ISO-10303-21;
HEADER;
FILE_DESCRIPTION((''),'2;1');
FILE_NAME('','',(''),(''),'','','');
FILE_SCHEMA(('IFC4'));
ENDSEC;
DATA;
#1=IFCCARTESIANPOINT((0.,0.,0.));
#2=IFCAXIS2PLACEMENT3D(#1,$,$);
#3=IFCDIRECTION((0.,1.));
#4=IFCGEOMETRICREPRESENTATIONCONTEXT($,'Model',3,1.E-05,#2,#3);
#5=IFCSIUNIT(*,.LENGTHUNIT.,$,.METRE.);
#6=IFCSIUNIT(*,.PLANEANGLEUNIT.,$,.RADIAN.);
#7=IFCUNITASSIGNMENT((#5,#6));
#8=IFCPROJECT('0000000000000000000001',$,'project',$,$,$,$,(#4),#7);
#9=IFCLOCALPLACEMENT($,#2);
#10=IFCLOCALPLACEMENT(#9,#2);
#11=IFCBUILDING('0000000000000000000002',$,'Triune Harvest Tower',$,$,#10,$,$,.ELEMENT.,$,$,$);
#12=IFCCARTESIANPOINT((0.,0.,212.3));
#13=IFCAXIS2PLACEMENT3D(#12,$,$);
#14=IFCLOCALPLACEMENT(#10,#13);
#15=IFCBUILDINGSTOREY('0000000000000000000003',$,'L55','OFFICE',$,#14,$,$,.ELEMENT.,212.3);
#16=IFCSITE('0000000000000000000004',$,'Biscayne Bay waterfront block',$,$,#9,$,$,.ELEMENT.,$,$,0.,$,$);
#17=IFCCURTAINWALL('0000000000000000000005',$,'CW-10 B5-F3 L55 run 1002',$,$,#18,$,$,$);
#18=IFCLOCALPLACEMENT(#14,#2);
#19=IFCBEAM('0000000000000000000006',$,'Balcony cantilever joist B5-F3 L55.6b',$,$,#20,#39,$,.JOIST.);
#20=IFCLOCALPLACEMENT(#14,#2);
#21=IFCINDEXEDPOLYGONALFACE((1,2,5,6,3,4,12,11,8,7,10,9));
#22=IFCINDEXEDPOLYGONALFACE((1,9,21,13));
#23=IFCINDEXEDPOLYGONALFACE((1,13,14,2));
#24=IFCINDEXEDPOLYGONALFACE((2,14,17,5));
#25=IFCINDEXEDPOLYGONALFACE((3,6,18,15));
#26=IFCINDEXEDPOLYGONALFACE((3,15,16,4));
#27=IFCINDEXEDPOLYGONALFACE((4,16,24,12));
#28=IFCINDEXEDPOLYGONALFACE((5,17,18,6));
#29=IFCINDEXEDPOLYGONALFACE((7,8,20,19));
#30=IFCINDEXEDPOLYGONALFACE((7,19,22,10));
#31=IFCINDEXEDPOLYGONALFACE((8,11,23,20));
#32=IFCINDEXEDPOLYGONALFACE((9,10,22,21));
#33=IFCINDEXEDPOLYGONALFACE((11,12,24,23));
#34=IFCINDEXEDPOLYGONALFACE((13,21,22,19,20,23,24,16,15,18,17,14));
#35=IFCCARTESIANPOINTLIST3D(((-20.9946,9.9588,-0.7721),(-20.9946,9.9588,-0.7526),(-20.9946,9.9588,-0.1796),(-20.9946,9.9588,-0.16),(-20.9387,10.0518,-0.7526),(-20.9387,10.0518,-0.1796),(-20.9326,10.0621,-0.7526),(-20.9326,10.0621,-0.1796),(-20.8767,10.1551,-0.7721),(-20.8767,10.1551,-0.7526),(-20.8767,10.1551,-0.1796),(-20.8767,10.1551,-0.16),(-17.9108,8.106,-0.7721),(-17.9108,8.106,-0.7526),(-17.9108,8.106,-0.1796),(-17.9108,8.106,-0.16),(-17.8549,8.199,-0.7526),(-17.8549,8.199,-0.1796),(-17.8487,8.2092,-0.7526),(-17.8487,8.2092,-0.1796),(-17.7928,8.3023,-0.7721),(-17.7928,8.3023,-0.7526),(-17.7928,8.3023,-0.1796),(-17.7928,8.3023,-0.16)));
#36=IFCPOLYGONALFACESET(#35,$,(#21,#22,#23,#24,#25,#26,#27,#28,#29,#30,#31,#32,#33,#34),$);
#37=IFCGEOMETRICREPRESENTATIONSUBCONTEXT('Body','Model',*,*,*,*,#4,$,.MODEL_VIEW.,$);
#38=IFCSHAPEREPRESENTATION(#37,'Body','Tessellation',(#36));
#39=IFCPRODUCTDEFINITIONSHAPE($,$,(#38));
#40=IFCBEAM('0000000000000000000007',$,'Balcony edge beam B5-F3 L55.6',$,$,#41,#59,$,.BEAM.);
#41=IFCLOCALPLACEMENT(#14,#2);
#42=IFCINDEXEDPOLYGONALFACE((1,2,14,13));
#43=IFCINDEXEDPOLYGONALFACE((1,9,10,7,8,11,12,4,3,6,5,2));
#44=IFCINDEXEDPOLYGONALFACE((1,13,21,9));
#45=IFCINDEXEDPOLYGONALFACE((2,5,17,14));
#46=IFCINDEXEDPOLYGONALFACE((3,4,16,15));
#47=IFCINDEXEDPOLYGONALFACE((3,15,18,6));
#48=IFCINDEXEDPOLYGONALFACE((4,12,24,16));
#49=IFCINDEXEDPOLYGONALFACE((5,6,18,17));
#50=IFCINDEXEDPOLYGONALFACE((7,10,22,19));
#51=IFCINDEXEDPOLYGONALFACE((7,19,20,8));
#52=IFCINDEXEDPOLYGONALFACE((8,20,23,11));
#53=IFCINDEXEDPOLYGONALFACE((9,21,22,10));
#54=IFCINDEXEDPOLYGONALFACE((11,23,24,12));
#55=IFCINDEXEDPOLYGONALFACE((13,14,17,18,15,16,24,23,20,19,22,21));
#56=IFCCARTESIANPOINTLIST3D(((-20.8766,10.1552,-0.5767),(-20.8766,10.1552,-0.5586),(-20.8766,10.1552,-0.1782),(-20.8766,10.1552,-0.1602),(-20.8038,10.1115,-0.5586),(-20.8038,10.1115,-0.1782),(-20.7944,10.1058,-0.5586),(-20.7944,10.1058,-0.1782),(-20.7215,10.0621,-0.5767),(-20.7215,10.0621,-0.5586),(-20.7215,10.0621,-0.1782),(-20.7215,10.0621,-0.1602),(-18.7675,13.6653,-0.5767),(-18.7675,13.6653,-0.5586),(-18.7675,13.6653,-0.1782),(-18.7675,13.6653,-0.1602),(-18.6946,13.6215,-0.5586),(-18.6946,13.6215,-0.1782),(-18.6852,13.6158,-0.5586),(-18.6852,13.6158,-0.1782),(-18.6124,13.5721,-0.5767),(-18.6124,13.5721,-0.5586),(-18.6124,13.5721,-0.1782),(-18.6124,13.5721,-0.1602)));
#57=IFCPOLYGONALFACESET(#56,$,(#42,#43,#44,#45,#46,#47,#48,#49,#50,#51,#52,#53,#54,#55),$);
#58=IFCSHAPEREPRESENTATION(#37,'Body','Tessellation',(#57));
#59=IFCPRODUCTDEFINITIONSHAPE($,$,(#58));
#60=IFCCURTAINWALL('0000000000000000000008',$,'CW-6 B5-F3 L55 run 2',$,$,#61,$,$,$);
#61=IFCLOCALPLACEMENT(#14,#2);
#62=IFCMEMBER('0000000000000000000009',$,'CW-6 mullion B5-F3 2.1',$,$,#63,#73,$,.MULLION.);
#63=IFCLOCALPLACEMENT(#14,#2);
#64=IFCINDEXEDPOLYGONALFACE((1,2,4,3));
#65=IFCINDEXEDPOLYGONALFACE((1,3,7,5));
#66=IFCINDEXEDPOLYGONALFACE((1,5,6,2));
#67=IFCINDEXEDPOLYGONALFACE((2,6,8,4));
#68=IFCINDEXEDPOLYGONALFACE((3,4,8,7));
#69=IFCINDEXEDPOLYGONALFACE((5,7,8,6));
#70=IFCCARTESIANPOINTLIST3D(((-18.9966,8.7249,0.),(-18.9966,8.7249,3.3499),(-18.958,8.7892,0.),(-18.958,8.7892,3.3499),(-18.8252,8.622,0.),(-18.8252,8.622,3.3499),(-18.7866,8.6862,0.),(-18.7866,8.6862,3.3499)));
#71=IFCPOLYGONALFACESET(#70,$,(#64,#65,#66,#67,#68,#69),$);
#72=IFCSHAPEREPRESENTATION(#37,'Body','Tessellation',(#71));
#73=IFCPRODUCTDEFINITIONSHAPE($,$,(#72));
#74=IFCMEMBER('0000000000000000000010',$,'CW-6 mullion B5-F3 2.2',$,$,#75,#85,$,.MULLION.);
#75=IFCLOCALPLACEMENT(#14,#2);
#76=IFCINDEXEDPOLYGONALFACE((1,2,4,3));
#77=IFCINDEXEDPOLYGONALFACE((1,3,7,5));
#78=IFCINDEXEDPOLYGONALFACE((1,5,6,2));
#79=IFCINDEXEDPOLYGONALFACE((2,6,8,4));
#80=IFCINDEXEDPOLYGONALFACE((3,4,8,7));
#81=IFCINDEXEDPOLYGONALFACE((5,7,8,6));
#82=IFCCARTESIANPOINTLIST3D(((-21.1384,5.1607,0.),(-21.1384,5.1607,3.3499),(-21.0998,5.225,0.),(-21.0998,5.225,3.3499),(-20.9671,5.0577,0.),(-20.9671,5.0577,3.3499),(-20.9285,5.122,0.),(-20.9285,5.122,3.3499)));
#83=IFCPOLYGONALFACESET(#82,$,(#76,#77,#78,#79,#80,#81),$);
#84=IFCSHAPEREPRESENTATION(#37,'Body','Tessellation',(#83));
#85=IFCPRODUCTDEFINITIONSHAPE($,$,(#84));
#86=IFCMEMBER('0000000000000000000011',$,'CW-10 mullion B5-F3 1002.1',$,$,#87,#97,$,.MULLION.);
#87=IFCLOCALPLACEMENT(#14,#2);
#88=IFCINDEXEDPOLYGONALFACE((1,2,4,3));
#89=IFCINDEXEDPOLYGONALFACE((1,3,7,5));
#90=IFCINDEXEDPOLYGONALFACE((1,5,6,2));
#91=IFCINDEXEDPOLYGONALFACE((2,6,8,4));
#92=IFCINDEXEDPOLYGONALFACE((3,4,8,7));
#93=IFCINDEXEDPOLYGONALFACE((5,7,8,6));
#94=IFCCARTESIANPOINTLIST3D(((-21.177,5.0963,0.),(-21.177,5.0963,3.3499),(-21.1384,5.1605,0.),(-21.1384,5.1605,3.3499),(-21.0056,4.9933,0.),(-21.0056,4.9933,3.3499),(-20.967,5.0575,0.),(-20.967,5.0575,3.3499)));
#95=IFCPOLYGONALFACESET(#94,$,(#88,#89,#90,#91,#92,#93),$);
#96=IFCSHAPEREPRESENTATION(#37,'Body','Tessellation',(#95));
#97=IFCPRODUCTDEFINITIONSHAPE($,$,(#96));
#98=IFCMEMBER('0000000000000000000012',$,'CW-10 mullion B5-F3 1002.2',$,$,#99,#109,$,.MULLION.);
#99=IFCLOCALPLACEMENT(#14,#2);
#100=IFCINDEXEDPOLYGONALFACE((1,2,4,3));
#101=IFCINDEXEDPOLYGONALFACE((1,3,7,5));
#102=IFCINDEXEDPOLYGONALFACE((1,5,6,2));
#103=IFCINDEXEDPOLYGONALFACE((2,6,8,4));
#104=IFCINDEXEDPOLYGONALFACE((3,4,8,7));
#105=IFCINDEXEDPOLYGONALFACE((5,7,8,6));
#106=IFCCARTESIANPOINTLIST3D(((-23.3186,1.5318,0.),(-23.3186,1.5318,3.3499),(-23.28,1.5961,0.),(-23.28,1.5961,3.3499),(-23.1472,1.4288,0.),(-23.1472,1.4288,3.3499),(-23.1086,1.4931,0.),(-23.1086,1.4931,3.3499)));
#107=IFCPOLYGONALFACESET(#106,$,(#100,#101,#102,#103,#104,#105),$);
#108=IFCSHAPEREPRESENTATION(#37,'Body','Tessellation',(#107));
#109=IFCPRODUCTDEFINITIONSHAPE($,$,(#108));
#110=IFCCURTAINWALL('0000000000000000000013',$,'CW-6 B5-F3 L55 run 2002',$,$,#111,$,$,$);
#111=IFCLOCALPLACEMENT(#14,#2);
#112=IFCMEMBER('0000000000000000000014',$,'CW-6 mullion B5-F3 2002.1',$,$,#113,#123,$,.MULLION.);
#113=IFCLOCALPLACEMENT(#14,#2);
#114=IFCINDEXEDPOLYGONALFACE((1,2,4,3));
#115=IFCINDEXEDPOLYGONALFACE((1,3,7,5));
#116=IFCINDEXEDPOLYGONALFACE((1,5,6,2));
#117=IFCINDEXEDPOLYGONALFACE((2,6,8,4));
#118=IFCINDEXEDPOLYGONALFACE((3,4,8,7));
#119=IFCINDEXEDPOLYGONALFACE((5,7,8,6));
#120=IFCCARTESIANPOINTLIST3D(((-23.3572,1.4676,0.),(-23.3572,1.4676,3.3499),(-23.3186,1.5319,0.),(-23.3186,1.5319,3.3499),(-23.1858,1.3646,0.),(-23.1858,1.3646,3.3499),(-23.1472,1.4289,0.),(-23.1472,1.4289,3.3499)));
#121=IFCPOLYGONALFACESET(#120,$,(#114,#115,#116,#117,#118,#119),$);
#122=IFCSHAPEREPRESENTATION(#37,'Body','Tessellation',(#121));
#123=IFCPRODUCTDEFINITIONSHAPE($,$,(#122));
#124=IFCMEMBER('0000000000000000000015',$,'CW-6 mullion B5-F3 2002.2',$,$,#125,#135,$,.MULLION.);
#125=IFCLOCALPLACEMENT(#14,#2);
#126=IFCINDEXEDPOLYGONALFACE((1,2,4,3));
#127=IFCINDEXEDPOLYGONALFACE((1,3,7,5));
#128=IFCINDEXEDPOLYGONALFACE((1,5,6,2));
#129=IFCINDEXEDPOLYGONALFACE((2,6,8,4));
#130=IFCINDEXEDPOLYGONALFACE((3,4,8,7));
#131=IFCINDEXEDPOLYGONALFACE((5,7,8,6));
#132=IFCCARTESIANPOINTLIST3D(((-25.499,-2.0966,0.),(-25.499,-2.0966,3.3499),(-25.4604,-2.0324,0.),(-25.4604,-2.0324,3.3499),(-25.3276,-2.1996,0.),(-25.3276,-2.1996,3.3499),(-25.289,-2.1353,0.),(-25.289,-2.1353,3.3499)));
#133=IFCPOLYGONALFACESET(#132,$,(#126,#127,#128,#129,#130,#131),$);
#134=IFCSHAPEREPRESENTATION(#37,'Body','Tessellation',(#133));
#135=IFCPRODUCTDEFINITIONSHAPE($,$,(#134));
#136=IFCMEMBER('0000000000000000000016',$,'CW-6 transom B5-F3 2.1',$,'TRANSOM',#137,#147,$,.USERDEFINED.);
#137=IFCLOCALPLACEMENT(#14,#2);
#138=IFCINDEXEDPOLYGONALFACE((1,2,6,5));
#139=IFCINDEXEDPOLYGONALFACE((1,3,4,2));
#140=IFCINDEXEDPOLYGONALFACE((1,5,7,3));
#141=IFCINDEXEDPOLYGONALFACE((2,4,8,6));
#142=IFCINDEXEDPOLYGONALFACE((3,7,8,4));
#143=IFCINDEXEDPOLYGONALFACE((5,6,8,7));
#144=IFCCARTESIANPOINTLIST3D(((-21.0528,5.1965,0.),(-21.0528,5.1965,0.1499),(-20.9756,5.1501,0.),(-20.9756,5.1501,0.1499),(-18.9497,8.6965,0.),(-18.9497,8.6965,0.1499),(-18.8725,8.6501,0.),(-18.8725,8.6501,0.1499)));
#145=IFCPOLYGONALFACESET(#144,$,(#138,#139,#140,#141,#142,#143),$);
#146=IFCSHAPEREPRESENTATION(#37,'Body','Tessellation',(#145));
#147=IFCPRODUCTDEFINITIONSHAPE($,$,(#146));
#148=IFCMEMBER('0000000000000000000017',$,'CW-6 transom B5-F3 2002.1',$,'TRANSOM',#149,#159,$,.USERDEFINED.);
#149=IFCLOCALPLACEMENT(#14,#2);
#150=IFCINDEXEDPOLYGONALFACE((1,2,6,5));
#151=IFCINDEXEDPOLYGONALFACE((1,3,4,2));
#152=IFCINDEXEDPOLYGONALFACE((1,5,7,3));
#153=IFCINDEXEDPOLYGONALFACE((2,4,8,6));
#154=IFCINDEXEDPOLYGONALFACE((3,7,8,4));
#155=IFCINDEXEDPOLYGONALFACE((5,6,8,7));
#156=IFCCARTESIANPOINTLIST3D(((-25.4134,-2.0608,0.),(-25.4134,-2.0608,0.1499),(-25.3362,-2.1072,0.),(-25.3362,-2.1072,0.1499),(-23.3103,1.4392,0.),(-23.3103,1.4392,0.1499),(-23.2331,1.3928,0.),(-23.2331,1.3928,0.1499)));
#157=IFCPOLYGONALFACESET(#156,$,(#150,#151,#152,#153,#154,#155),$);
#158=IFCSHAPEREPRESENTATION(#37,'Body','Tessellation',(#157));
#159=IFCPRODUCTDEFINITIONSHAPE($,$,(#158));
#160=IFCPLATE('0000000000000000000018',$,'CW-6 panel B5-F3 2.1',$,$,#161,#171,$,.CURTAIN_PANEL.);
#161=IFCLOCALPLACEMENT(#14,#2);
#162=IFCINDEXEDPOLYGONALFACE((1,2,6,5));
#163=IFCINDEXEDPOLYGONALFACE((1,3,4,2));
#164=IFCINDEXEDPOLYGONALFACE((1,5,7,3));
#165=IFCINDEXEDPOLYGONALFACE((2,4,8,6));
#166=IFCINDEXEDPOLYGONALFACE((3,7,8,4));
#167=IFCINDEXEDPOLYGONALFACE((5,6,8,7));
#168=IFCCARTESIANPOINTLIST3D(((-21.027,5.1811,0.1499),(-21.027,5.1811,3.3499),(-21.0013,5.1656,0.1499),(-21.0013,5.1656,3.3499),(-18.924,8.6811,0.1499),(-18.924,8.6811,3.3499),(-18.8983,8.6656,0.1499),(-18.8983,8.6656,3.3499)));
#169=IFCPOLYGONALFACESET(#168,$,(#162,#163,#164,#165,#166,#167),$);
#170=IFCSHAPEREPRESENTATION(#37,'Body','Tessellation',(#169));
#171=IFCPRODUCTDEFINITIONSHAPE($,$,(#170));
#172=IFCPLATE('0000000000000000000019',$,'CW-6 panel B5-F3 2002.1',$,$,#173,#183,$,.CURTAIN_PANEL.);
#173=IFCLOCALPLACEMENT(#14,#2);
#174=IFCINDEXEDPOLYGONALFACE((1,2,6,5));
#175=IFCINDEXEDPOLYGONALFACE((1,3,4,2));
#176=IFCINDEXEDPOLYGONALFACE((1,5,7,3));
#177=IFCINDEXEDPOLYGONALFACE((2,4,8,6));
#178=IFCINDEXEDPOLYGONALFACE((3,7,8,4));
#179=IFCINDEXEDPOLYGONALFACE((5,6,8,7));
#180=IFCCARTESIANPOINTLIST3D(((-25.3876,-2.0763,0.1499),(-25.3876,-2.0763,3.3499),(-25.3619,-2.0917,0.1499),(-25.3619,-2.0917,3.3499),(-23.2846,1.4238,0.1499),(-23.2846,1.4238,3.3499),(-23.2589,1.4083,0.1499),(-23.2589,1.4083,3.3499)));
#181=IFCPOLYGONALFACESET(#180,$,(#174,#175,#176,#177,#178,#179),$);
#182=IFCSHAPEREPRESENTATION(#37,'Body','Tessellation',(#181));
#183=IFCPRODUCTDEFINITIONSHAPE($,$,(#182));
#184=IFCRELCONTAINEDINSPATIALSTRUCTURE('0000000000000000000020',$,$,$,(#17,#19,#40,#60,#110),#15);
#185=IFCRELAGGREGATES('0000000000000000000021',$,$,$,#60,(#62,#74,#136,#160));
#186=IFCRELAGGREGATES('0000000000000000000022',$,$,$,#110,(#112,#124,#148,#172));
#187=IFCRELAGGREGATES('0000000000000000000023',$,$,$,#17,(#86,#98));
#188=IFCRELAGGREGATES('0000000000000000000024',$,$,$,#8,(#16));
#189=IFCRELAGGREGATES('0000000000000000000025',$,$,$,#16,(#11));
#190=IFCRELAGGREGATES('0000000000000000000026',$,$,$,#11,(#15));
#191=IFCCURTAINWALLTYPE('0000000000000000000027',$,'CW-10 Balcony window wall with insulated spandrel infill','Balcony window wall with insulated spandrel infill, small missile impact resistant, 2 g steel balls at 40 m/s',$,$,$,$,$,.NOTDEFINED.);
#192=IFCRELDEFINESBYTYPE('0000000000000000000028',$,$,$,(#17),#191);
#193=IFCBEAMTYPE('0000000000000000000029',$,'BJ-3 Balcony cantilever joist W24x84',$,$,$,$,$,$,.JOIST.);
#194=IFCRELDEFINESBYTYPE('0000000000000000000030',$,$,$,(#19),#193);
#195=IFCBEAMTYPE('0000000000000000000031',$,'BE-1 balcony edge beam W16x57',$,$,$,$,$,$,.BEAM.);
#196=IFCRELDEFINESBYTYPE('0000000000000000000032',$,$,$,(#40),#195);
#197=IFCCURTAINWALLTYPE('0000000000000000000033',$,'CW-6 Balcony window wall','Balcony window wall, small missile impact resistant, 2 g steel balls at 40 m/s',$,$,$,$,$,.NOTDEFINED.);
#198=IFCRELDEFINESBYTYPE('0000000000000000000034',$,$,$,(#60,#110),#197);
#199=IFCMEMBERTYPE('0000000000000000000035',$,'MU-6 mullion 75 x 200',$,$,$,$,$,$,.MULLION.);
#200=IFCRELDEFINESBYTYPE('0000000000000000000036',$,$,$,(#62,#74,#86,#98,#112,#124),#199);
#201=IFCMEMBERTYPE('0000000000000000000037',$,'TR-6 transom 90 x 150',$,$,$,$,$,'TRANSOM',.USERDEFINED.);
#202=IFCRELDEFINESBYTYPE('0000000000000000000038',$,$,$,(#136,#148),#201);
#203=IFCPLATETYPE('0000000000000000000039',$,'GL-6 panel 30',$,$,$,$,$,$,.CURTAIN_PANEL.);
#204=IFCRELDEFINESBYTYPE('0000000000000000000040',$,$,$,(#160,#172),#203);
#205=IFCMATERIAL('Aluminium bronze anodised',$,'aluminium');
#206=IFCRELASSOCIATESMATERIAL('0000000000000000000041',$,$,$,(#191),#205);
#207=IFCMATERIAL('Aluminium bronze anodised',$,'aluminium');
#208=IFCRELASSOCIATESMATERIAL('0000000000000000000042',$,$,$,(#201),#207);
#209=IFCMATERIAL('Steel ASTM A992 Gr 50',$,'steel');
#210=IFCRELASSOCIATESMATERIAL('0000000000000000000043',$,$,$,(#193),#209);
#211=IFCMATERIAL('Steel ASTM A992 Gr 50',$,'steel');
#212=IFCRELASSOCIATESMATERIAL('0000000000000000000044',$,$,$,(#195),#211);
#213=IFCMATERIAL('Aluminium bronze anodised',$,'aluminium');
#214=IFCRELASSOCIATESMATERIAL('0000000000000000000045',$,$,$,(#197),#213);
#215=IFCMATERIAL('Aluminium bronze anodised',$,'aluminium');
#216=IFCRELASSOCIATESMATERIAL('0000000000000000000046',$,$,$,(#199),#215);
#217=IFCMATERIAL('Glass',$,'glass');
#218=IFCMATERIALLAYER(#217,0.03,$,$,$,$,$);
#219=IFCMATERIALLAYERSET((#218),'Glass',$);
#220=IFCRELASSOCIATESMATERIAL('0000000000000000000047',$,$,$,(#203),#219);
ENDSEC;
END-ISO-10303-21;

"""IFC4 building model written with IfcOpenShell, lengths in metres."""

from ifc_helpers import new_model, si_unit, direction, frame, origin, origin_2d, place, context, subcontext, project, spatial, rectangle, i_section, extrude, source, transform, mapped, material, layer, layer_set, material_profile, profile_set, type_object, element, aggregate, save


model = new_model("IFC4")

# Units and contexts
model_context = context("Model", 3, precision=1e-05, world=origin(), true_north=direction((0.0, 1.0)))
body_context = subcontext(model_context, "Body", "Model", "MODEL_VIEW")
ifc_project = project(units=[si_unit("LENGTHUNIT", "METRE"), si_unit("PLANEANGLEUNIT", "RADIAN")], contexts=[model_context])

# Site, building, storey
site_placement = place(None, origin())
site = spatial("IfcSite", under=ifc_project, at=site_placement, Name="Biscayne Bay waterfront block", CompositionType="ELEMENT", RefElevation=0.0)
building_placement = place(site_placement, origin())
building = spatial("IfcBuilding", under=site, at=building_placement, Name="Triune Harvest Tower", CompositionType="ELEMENT")
storey_placement = place(building_placement, frame((0.0, 0.0, 212.3)))
storey = spatial("IfcBuildingStorey", under=building, at=storey_placement, Name="L55", Description="OFFICE", CompositionType="ELEMENT", Elevation=212.3)

# Curtain wall
ifc_material_1 = material(Name="Aluminium bronze anodised", Category="aluminium")
curtain_wall_type_1 = type_object("IfcCurtainWallType", Name="CW-10 Balcony window wall with insulated spandrel infill", Description="Balcony window wall with insulated spandrel infill, small missile impact resistant, 2 g steel balls at 40 m/s", PredefinedType="NOTDEFINED", material=ifc_material_1)
curtain_wall_1_placement = place(storey_placement, origin())
curtain_wall_1 = element("IfcCurtainWall", 1, at=curtain_wall_1_placement, inside=storey, type_object=curtain_wall_type_1, Name="CW-10 B5-F3 L55 run 1002")
ifc_material_2 = material(Name="Aluminium bronze anodised", Category="aluminium")
ifc_material_profile_1 = material_profile(ifc_material_2, rectangle(XDim=0.0901, YDim=0.1499, at=origin_2d()), Name="TR-6 transom 90 x 150")
ifc_profile_set_1 = profile_set([ifc_material_profile_1], Name="Aluminium bronze anodised")
member_type_1 = type_object("IfcMemberType", Name="TR-6 transom 90 x 150", ElementType="TRANSOM", PredefinedType="USERDEFINED", material=ifc_profile_set_1)

# Beams
ifc_material_3 = material(Name="Steel ASTM A992 Gr 50", Category="steel")
ifc_material_profile_2 = material_profile(ifc_material_3, i_section(OverallWidth=0.229, OverallDepth=0.6121, WebThickness=0.012, FlangeThickness=0.0195, at=origin_2d()), Name="W24x84")
ifc_profile_set_2 = profile_set([ifc_material_profile_2], Name="Steel ASTM A992 Gr 50")
beam_type_1 = type_object("IfcBeamType", Name="BJ-3 Balcony cantilever joist W24x84", PredefinedType="JOIST", material=ifc_profile_set_2)
shared_shape_1 = source(origin(), body_context, "Body", "SweptSolid", [
    extrude(i_section(OverallWidth=0.229, OverallDepth=0.6121, WebThickness=0.012, FlangeThickness=0.0195, at=origin_2d()), origin(), (0.0, 0.0, 1.0), 3.5977),
])
beam_1_placement = place(storey_placement, frame((-17.8518, 8.2041, -0.4661), z_axis=(-0.857181, 0.515015, 0.0), x_axis=(-0.515015, -0.857181, 0.0)))
element("IfcBeam", 2, at=beam_1_placement, inside=storey, type_object=beam_type_1, Name="Balcony cantilever joist B5-F3 L55.6b", PredefinedType="JOIST", context=body_context, shape_type="MappedRepresentation", body=[
    mapped(shared_shape_1, transform((0.0, 0.0, 0.0), scale=1.0)),
])
ifc_material_4 = material(Name="Steel ASTM A992 Gr 50", Category="steel")
ifc_material_profile_3 = material_profile(ifc_material_4, i_section(OverallWidth=0.1809, OverallDepth=0.4165, WebThickness=0.011, FlangeThickness=0.0181, at=origin_2d()), Name="W16x57")
ifc_profile_set_3 = profile_set([ifc_material_profile_3], Name="Steel ASTM A992 Gr 50")
beam_type_2 = type_object("IfcBeamType", Name="BE-1 balcony edge beam W16x57", PredefinedType="BEAM", material=ifc_profile_set_3)
shared_shape_2 = source(origin(), body_context, "Body", "SweptSolid", [
    extrude(i_section(OverallWidth=0.1809, OverallDepth=0.4165, WebThickness=0.011, FlangeThickness=0.0181, at=origin_2d()), origin(), (0.0, 0.0, 1.0), 4.095),
])
beam_2_placement = place(storey_placement, frame((-20.7991, 10.1086, -0.3684), z_axis=(0.515057, 0.857156, 0.0), x_axis=(-0.857156, 0.515057, 0.0)))
element("IfcBeam", 3, at=beam_2_placement, inside=storey, type_object=beam_type_2, Name="Balcony edge beam B5-F3 L55.6", PredefinedType="BEAM", context=body_context, shape_type="MappedRepresentation", body=[
    mapped(shared_shape_2, transform((0.0, 0.0, 0.0), scale=1.0)),
])

# Curtain wall, members
ifc_material_5 = material(Name="Aluminium bronze anodised", Category="aluminium")
curtain_wall_type_2 = type_object("IfcCurtainWallType", Name="CW-6 Balcony window wall", Description="Balcony window wall, small missile impact resistant, 2 g steel balls at 40 m/s", PredefinedType="NOTDEFINED", material=ifc_material_5)
curtain_wall_2_placement = place(storey_placement, origin())
curtain_wall_2 = element("IfcCurtainWall", 4, at=curtain_wall_2_placement, inside=storey, type_object=curtain_wall_type_2, Name="CW-6 B5-F3 L55 run 2")
ifc_material_6 = material(Name="Aluminium bronze anodised", Category="aluminium")
ifc_material_profile_4 = material_profile(ifc_material_6, rectangle(XDim=0.2, YDim=0.075, at=origin_2d()), Name="MU-6 mullion 75 x 200")
ifc_profile_set_4 = profile_set([ifc_material_profile_4], Name="Aluminium bronze anodised")
member_type_2 = type_object("IfcMemberType", Name="MU-6 mullion 75 x 200", PredefinedType="MULLION", material=ifc_profile_set_4)
shared_shape_3 = source(origin(), body_context, "Body", "SweptSolid", [
    extrude(rectangle(XDim=0.2, YDim=0.075, at=origin_2d()), origin(), (0.0, 0.0, 1.0), 3.3499),
])
member_1_placement = place(storey_placement, frame((-18.8916, 8.7056, 0.0), z_axis=(0.0, 0.0, 1.0), x_axis=(0.857166, -0.515041, 0.0)))
member_1 = element("IfcMember", 5, at=member_1_placement, type_object=member_type_2, Name="CW-6 mullion B5-F3 2.1", PredefinedType="MULLION", context=body_context, shape_type="MappedRepresentation", body=[
    mapped(shared_shape_3, transform((0.0, 0.0, 0.0), scale=1.0)),
])
member_2_placement = place(storey_placement, frame((-21.0334, 5.1414, 0.0), z_axis=(0.0, 0.0, 1.0), x_axis=(0.857166, -0.515041, 0.0)))
member_2 = element("IfcMember", 6, at=member_2_placement, type_object=member_type_2, Name="CW-6 mullion B5-F3 2.2", PredefinedType="MULLION", context=body_context, shape_type="MappedRepresentation", body=[
    mapped(shared_shape_3, transform((0.0, 0.0, 0.0), scale=1.0)),
])

# Members
member_3_placement = place(storey_placement, frame((-21.072, 5.0769, 0.0), z_axis=(0.0, 0.0, 1.0), x_axis=(0.857172, -0.515031, 0.0)))
member_3 = element("IfcMember", 7, at=member_3_placement, type_object=member_type_2, Name="CW-10 mullion B5-F3 1002.1", PredefinedType="MULLION", context=body_context, shape_type="MappedRepresentation", body=[
    mapped(shared_shape_3, transform((0.0, 0.0, 0.0), scale=1.0)),
])
member_4_placement = place(storey_placement, frame((-23.2136, 1.5125, 0.0), z_axis=(0.0, 0.0, 1.0), x_axis=(0.857172, -0.515031, 0.0)))
member_4 = element("IfcMember", 8, at=member_4_placement, type_object=member_type_2, Name="CW-10 mullion B5-F3 1002.2", PredefinedType="MULLION", context=body_context, shape_type="MappedRepresentation", body=[
    mapped(shared_shape_3, transform((0.0, 0.0, 0.0), scale=1.0)),
])

# Curtain wall, members
curtain_wall_3_placement = place(storey_placement, origin())
curtain_wall_3 = element("IfcCurtainWall", 9, at=curtain_wall_3_placement, inside=storey, type_object=curtain_wall_type_2, Name="CW-6 B5-F3 L55 run 2002")
member_5_placement = place(storey_placement, frame((-23.2522, 1.4482, 0.0), z_axis=(0.0, 0.0, 1.0), x_axis=(0.857166, -0.515041, 0.0)))
member_5 = element("IfcMember", 10, at=member_5_placement, type_object=member_type_2, Name="CW-6 mullion B5-F3 2002.1", PredefinedType="MULLION", context=body_context, shape_type="MappedRepresentation", body=[
    mapped(shared_shape_3, transform((0.0, 0.0, 0.0), scale=1.0)),
])
member_6_placement = place(storey_placement, frame((-25.394, -2.116, 0.0), z_axis=(0.0, 0.0, 1.0), x_axis=(0.857166, -0.515041, 0.0)))
member_6 = element("IfcMember", 11, at=member_6_placement, type_object=member_type_2, Name="CW-6 mullion B5-F3 2002.2", PredefinedType="MULLION", context=body_context, shape_type="MappedRepresentation", body=[
    mapped(shared_shape_3, transform((0.0, 0.0, 0.0), scale=1.0)),
])

# Members
shared_shape_4 = source(origin(), body_context, "Body", "SweptSolid", [
    extrude(rectangle(XDim=0.0901, YDim=0.1499, at=origin_2d()), origin(), (0.0, 0.0, 1.0), 4.0833),
])
member_7_placement = place(storey_placement, frame((-18.9111, 8.6733, 0.075), z_axis=(-0.515041, -0.857166, 0.0), x_axis=(0.857166, -0.515041, 0.0)))
member_7 = element("IfcMember", 12, at=member_7_placement, type_object=member_type_1, Name="CW-6 transom B5-F3 2.1", ObjectType="TRANSOM", PredefinedType="USERDEFINED", context=body_context, shape_type="MappedRepresentation", body=[
    mapped(shared_shape_4, transform((0.0, 0.0, 0.0), scale=1.0)),
])
member_8_placement = place(storey_placement, frame((-23.2717, 1.416, 0.075), z_axis=(-0.515041, -0.857166, 0.0), x_axis=(0.857166, -0.515041, 0.0)))
member_8 = element("IfcMember", 13, at=member_8_placement, type_object=member_type_1, Name="CW-6 transom B5-F3 2002.1", ObjectType="TRANSOM", PredefinedType="USERDEFINED", context=body_context, shape_type="MappedRepresentation", body=[
    mapped(shared_shape_4, transform((0.0, 0.0, 0.0), scale=1.0)),
])

# Plates
ifc_material_7 = material(Name="Glass", Category="glass")
ifc_layer_1 = layer(ifc_material_7, 0.03)
ifc_layer_set_1 = layer_set([ifc_layer_1], Name="Glass")
plate_type_1 = type_object("IfcPlateType", Name="GL-6 panel 30", PredefinedType="CURTAIN_PANEL", material=ifc_layer_set_1)
shared_shape_5 = source(origin(), body_context, "Body", "SweptSolid", [
    extrude(rectangle(XDim=4.0833, YDim=0.03, at=origin_2d()), origin(), (0.0, 0.0, 1.0), 3.2),
])
plate_1_placement = place(storey_placement, frame((-19.9626, 6.9233, 0.1499), z_axis=(0.0, 0.0, 1.0), x_axis=(-0.515041, -0.857166, 0.0)))
plate_1 = element("IfcPlate", 14, at=plate_1_placement, type_object=plate_type_1, Name="CW-6 panel B5-F3 2.1", PredefinedType="CURTAIN_PANEL", context=body_context, shape_type="MappedRepresentation", body=[
    mapped(shared_shape_5, transform((0.0, 0.0, 0.0), scale=1.0)),
])
aggregate(curtain_wall_2, [member_1, member_2, member_7, plate_1])
plate_2_placement = place(storey_placement, frame((-24.3232, -0.334, 0.1499), z_axis=(0.0, 0.0, 1.0), x_axis=(-0.515041, -0.857166, 0.0)))
plate_2 = element("IfcPlate", 15, at=plate_2_placement, type_object=plate_type_1, Name="CW-6 panel B5-F3 2002.1", PredefinedType="CURTAIN_PANEL", context=body_context, shape_type="MappedRepresentation", body=[
    mapped(shared_shape_5, transform((0.0, 0.0, 0.0), scale=1.0)),
])
aggregate(curtain_wall_3, [member_5, member_6, member_8, plate_2])
aggregate(curtain_wall_1, [member_3, member_4])

save(model, "model.ifc")
